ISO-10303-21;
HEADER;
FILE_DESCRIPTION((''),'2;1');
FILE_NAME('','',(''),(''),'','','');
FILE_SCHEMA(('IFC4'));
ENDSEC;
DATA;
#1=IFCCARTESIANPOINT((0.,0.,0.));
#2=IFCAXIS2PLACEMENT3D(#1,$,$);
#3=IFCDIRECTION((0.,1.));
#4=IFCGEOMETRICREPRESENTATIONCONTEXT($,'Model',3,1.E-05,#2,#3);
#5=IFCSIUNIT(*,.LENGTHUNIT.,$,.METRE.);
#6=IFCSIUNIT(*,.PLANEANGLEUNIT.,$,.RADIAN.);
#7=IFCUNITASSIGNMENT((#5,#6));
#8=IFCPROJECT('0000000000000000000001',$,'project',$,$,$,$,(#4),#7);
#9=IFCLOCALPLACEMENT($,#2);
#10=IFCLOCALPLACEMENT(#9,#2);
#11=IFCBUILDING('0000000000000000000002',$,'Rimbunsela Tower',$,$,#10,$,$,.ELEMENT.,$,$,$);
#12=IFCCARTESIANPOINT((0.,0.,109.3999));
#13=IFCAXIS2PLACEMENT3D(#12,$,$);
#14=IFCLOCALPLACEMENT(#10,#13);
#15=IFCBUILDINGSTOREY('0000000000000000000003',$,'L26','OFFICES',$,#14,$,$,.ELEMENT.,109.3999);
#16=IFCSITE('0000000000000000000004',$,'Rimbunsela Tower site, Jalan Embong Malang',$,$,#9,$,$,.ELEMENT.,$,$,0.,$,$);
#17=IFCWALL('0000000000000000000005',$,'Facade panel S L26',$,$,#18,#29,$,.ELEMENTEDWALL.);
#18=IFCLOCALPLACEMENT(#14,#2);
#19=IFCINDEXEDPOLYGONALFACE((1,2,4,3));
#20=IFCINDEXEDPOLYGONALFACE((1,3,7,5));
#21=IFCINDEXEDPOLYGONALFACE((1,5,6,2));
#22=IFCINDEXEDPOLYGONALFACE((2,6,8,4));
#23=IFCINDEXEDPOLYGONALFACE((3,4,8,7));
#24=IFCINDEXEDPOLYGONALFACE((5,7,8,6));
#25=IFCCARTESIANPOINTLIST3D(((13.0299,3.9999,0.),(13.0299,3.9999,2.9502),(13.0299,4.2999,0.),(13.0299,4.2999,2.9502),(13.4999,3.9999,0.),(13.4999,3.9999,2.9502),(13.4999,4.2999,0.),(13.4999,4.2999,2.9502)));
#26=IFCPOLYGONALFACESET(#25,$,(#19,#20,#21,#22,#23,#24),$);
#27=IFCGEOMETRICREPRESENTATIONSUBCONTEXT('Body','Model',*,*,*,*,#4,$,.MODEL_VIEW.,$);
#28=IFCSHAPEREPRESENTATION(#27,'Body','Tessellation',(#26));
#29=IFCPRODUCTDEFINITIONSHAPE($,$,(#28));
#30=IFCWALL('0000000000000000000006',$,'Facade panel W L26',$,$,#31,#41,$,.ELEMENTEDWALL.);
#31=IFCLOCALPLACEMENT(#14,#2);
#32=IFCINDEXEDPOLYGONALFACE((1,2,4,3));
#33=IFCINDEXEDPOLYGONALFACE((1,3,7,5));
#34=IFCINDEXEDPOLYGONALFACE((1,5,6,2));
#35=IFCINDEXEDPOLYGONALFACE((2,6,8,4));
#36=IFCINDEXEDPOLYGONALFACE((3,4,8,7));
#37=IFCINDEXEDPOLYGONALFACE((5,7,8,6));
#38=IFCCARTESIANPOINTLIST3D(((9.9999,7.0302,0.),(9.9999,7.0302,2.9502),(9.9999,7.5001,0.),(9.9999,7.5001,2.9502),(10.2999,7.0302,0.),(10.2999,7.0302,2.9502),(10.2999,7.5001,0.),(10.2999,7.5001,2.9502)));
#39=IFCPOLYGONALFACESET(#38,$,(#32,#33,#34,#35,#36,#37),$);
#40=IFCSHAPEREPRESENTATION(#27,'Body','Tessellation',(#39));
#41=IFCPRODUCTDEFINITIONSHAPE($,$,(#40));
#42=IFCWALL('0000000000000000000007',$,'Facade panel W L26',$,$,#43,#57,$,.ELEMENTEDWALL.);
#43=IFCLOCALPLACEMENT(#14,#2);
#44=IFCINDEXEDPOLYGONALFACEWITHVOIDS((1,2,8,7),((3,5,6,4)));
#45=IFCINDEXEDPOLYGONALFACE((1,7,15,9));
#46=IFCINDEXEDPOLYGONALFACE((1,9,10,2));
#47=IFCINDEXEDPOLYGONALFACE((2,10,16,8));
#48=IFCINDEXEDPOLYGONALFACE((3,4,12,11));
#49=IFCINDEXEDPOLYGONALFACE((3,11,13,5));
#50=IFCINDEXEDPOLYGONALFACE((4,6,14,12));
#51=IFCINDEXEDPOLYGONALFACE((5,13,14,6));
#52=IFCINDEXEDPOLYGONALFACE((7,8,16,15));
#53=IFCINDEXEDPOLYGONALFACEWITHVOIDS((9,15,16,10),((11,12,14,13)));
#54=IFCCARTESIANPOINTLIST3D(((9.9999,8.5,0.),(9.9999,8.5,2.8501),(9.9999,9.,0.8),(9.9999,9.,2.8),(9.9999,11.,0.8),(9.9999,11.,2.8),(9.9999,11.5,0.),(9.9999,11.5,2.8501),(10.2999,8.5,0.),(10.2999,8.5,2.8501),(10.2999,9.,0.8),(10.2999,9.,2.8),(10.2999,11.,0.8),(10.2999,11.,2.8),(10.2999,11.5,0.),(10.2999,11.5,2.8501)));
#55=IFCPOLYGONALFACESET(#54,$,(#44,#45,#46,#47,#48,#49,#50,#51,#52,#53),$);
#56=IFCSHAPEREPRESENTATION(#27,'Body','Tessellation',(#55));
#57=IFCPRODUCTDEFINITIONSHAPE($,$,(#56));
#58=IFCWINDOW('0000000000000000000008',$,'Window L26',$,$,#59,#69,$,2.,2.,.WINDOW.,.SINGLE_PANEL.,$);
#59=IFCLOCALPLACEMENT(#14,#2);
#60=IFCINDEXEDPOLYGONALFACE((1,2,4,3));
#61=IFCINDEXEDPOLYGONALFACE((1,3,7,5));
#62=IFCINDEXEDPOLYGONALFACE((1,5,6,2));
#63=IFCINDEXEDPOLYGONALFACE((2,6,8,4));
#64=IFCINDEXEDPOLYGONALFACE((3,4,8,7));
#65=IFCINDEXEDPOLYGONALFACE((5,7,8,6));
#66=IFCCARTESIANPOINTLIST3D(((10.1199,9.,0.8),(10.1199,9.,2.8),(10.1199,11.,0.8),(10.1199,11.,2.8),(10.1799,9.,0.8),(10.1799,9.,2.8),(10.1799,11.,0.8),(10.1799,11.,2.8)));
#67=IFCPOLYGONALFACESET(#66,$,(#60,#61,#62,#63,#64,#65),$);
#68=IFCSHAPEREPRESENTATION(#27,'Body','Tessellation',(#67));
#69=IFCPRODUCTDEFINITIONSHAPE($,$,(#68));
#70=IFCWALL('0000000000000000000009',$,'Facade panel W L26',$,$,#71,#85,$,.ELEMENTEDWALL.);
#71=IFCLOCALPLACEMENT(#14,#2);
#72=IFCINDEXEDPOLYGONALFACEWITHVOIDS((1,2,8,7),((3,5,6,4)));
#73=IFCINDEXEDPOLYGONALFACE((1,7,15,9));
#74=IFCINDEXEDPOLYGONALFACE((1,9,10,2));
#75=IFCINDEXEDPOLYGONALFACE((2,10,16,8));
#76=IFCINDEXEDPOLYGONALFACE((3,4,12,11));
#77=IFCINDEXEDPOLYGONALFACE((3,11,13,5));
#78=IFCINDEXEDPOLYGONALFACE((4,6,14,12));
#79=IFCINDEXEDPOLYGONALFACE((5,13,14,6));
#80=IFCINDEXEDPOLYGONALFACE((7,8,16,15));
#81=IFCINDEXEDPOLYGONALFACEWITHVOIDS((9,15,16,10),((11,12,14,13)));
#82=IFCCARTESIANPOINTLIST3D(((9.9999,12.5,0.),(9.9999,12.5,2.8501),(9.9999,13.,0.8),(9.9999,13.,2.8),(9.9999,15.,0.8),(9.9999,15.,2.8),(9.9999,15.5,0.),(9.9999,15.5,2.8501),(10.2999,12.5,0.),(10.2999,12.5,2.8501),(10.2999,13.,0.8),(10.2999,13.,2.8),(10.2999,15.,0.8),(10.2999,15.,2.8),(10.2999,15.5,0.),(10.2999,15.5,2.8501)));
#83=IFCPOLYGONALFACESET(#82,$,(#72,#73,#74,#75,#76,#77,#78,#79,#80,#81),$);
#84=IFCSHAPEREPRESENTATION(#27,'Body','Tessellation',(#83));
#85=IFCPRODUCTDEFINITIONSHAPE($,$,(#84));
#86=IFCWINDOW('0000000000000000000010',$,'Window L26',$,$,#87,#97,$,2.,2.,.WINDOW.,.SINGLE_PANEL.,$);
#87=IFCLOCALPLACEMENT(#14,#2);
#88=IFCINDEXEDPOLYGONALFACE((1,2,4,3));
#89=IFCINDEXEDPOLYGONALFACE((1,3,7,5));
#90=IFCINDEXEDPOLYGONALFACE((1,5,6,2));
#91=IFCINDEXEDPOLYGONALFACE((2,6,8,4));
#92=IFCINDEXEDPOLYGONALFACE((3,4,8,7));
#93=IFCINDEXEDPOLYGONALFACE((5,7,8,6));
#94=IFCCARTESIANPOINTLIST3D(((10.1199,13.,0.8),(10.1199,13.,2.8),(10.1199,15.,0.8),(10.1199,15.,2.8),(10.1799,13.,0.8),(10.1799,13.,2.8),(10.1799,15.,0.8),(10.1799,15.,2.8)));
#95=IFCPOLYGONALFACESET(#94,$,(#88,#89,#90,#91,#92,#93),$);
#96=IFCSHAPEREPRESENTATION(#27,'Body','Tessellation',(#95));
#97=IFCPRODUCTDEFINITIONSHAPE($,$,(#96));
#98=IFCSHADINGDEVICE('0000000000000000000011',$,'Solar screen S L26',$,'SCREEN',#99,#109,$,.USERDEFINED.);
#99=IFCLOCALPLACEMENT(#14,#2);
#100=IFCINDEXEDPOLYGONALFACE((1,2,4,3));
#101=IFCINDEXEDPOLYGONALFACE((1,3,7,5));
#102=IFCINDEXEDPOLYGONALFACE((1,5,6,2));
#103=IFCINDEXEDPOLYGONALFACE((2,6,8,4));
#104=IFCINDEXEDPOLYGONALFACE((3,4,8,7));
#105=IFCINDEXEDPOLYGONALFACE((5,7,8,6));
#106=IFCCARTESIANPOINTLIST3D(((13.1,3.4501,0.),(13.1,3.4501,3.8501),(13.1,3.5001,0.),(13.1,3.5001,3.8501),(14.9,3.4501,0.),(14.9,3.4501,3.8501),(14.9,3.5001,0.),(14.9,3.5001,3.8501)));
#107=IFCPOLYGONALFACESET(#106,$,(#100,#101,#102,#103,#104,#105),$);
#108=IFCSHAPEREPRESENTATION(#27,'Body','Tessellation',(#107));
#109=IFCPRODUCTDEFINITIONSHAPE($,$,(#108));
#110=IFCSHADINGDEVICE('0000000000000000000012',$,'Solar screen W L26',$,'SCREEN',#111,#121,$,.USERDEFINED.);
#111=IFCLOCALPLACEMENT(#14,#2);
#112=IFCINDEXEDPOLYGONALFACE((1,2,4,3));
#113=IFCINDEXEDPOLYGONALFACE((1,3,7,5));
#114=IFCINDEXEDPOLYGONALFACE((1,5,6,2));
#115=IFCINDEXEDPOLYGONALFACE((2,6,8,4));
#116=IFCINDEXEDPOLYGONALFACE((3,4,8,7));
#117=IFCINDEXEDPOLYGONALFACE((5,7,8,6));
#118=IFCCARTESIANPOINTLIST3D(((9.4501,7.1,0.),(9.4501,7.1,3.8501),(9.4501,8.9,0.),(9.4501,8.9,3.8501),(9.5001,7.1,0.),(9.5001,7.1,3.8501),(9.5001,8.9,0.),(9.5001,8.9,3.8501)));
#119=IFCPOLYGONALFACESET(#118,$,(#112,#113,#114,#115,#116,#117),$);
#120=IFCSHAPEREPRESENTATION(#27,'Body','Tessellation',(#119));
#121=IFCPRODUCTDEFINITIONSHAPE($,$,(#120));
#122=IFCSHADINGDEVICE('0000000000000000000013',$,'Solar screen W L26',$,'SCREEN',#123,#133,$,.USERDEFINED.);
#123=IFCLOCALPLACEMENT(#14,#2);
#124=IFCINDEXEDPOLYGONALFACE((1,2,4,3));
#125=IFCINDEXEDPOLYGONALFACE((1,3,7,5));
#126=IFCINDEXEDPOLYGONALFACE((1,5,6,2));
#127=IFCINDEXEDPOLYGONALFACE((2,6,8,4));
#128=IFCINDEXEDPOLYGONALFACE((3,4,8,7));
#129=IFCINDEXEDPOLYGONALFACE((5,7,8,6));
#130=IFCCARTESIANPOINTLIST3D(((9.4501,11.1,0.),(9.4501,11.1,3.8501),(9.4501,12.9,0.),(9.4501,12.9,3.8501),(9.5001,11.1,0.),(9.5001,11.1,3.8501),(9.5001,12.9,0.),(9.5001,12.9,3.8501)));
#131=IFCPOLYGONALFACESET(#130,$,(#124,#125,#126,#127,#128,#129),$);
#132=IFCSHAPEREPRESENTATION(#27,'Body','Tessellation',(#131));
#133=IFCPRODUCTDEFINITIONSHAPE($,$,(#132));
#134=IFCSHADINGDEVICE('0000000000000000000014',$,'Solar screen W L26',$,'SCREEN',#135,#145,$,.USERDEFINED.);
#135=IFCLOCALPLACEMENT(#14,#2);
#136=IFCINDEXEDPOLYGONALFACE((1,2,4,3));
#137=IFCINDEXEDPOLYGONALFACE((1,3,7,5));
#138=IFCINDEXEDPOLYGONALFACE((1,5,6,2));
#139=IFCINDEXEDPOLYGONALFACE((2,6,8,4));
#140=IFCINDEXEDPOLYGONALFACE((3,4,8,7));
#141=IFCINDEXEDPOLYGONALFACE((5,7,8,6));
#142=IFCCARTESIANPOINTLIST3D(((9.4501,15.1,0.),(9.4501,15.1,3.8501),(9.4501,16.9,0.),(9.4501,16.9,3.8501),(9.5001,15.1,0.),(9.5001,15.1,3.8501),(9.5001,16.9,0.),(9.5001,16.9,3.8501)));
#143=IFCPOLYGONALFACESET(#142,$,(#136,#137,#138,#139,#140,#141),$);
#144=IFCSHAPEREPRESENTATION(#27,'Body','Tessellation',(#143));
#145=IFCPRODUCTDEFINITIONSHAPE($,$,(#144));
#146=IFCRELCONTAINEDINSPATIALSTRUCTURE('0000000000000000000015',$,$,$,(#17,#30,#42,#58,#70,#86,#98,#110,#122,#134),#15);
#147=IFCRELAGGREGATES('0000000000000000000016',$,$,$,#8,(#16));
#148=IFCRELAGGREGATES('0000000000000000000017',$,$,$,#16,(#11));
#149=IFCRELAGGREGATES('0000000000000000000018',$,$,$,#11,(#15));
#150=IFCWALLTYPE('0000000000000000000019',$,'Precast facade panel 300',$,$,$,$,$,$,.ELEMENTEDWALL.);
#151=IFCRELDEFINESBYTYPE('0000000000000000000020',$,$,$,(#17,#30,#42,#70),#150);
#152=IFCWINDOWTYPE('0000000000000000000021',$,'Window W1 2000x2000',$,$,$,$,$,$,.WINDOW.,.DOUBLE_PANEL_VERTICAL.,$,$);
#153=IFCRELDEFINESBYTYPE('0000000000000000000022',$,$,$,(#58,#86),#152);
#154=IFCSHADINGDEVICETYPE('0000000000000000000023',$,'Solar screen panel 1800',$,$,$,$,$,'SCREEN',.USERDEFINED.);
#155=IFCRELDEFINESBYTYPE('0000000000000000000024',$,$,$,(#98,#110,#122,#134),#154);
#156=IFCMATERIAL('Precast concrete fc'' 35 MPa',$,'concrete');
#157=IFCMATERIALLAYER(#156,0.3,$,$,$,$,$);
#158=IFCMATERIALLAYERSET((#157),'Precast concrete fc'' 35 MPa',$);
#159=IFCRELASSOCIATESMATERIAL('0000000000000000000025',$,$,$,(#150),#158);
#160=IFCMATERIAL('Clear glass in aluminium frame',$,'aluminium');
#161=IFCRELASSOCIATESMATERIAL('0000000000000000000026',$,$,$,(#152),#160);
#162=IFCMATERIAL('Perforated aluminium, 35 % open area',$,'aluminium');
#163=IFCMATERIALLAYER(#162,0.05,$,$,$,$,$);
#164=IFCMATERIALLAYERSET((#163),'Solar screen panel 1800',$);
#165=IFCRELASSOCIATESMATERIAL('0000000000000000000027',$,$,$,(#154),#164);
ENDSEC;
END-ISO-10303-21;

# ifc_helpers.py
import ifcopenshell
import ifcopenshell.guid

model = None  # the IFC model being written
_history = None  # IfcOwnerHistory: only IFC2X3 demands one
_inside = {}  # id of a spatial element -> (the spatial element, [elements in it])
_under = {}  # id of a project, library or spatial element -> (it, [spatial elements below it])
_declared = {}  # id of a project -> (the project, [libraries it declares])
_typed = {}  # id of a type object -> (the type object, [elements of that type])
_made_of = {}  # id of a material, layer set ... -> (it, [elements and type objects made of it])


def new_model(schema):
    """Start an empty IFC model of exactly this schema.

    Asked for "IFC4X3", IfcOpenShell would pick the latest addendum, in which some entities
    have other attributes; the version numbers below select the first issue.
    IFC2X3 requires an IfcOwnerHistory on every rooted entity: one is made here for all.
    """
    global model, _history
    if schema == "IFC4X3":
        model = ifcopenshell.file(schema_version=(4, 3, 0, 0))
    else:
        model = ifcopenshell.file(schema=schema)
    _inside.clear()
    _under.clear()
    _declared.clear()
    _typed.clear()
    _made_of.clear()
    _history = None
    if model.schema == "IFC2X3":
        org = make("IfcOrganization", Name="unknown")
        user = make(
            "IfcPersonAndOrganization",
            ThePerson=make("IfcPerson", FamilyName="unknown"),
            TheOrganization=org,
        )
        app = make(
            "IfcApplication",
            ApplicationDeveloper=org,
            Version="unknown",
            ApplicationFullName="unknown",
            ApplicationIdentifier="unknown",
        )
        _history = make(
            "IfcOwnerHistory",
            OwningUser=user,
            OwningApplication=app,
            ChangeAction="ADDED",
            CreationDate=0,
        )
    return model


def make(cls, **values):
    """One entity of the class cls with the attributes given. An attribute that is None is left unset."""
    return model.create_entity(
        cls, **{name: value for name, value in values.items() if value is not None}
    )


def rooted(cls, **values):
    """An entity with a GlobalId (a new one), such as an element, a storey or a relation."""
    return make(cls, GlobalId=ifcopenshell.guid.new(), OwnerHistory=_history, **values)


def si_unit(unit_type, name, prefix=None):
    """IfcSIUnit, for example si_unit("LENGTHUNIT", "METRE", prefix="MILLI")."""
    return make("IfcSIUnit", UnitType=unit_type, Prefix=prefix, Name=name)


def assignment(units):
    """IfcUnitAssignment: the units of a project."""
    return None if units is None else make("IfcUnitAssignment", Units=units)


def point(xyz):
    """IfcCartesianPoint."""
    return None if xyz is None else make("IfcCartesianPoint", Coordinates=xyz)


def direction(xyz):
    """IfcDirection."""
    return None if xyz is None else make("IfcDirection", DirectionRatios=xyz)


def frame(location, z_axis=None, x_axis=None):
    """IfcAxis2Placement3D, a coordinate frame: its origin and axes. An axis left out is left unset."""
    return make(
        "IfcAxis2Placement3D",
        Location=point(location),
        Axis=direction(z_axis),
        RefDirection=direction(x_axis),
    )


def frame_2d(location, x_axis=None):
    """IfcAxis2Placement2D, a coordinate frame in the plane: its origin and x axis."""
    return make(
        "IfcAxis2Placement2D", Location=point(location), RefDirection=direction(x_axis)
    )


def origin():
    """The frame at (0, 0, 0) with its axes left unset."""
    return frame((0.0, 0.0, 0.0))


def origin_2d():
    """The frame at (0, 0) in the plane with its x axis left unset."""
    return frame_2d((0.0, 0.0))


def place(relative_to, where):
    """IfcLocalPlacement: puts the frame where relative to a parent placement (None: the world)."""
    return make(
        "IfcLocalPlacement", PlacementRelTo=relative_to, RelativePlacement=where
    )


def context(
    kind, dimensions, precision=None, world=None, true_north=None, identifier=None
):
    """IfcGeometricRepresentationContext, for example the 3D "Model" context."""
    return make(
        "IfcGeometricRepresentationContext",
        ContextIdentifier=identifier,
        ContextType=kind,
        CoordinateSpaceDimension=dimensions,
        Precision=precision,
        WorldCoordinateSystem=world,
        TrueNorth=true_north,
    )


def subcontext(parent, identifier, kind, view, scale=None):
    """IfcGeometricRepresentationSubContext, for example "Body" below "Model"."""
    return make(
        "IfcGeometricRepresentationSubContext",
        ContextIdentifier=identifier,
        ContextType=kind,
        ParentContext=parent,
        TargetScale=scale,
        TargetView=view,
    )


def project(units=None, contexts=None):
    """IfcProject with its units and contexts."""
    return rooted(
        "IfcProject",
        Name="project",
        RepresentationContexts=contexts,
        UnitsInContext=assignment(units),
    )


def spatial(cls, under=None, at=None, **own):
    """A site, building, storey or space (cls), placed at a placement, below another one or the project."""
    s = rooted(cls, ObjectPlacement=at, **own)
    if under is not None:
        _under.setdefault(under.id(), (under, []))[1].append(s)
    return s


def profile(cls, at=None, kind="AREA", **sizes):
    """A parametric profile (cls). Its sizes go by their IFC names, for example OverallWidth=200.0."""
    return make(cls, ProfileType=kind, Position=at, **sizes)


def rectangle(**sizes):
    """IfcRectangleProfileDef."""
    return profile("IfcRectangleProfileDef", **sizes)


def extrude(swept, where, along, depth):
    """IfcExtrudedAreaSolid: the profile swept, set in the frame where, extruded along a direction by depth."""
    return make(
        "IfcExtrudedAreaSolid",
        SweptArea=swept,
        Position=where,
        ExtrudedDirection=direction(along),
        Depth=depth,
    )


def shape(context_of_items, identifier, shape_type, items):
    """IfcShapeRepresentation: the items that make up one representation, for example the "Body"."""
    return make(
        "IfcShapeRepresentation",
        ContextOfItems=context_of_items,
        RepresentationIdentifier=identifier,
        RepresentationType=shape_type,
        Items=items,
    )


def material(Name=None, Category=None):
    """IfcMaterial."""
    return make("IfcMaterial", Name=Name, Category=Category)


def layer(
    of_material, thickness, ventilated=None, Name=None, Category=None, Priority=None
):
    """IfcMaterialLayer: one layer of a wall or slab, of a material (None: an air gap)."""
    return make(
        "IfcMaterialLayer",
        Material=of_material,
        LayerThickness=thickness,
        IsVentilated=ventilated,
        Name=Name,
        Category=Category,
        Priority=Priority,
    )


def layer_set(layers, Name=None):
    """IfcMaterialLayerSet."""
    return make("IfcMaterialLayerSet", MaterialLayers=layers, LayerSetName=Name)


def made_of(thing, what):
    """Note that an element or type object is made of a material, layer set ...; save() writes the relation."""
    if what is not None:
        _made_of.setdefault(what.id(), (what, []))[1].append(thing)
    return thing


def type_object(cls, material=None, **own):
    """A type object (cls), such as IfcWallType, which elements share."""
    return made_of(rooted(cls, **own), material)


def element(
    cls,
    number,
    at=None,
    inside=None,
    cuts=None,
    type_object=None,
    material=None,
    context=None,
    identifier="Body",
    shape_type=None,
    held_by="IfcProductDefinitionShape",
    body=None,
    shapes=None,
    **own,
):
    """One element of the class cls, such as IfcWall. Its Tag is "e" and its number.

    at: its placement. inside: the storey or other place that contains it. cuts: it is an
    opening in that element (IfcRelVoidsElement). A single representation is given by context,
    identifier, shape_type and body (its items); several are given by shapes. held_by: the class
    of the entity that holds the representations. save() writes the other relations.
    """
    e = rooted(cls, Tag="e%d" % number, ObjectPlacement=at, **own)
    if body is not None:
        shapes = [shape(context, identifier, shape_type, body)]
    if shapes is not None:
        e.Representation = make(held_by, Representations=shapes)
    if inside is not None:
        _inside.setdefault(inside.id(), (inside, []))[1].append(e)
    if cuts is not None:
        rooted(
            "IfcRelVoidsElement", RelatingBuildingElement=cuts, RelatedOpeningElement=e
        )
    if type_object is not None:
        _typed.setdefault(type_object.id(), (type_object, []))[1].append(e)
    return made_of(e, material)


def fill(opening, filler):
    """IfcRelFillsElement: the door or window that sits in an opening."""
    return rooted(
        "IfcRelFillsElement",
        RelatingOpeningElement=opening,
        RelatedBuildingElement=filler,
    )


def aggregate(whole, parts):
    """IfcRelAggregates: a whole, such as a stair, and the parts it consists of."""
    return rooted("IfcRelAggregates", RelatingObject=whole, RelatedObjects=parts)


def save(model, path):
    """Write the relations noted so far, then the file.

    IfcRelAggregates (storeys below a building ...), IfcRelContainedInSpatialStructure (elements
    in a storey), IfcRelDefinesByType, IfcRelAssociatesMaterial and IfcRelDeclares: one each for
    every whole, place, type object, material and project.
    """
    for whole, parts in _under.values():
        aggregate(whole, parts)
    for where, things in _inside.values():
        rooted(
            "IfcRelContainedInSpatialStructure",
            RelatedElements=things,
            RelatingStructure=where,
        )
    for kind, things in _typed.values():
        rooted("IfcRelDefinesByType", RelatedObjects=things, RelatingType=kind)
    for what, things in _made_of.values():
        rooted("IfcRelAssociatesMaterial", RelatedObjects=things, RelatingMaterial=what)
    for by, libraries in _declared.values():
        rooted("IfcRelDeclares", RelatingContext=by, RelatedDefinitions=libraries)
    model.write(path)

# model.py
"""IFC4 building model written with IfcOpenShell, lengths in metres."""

from ifc_helpers import new_model, si_unit, direction, frame, frame_2d, origin, origin_2d, place, context, subcontext, project, spatial, rectangle, extrude, material, layer, layer_set, type_object, element, fill, save


model = new_model("IFC4")

# Units and contexts
model_context = context("Model", 3, precision=1e-05, world=origin(), true_north=direction((0.0, 1.0)))
body_context = subcontext(model_context, "Body", "Model", "MODEL_VIEW")
ifc_project = project(units=[si_unit("LENGTHUNIT", "METRE"), si_unit("PLANEANGLEUNIT", "RADIAN")], contexts=[model_context])

# Site, building, storey
site_placement = place(None, origin())
site = spatial("IfcSite", under=ifc_project, at=site_placement, Name="Rimbunsela Tower site, Jalan Embong Malang", CompositionType="ELEMENT", RefElevation=0.0)
building_placement = place(site_placement, origin())
building = spatial("IfcBuilding", under=site, at=building_placement, Name="Rimbunsela Tower", CompositionType="ELEMENT")
storey_placement = place(building_placement, frame((0.0, 0.0, 109.3999)))
storey = spatial("IfcBuildingStorey", under=building, at=storey_placement, Name="L26", Description="OFFICES", CompositionType="ELEMENT", Elevation=109.3999)

# Walls
ifc_material_1 = material(Name="Precast concrete fc' 35 MPa", Category="concrete")
ifc_layer_1 = layer(ifc_material_1, 0.3)
ifc_layer_set_1 = layer_set([ifc_layer_1], Name="Precast concrete fc' 35 MPa")
wall_type = type_object("IfcWallType", Name="Precast facade panel 300", PredefinedType="ELEMENTEDWALL", material=ifc_layer_set_1)
for number, where, z_axis, x_axis, name in (
    (1, (13.03, 4.1499, 0.0), (0.0, 0.0, 1.0), (1.0, 0.0, 0.0), "Facade panel S L26"),
    (2, (10.1499, 7.5, 0.0), (0.0, 0.0, 1.0), (0.0, -1.0, 0.0), "Facade panel W L26"),
):
    element("IfcWall", number, at=place(storey_placement, frame(where, z_axis=z_axis, x_axis=x_axis)), inside=storey, type_object=wall_type, Name=name, PredefinedType="ELEMENTEDWALL", context=body_context, shape_type="SweptSolid", body=[
        extrude(rectangle(XDim=0.47, YDim=0.3, at=frame_2d((0.2349, 0.0))), origin(), (0.0, 0.0, 1.0), 2.9502),
    ])

# Walls, openings, windows
wall_1_placement = place(storey_placement, frame((10.1499, 11.5, 0.0), z_axis=(0.0, 0.0, 1.0), x_axis=(0.0, -1.0, 0.0)))
wall_1 = element("IfcWall", 3, at=wall_1_placement, inside=storey, type_object=wall_type, Name="Facade panel W L26", PredefinedType="ELEMENTEDWALL", context=body_context, shape_type="SweptSolid", body=[
    extrude(rectangle(XDim=3.0, YDim=0.3, at=frame_2d((1.5, 0.0))), origin(), (0.0, 0.0, 1.0), 2.8501),
])
opening_1_placement = place(wall_1_placement, frame((0.5, 0.0, 0.8)))
opening_1 = element("IfcOpeningElement", 4, at=opening_1_placement, cuts=wall_1, PredefinedType="OPENING", context=body_context, shape_type="SweptSolid", body=[
    extrude(rectangle(XDim=2.0, YDim=2.0, at=frame_2d((1.0, 1.0))), frame((0.0, 0.1599, 0.0), z_axis=(0.0, -1.0, 0.0), x_axis=(1.0, 0.0, 0.0)), (0.0, 0.0, 1.0), 0.3201),
])
ifc_material_2 = material(Name="Clear glass in aluminium frame", Category="aluminium")
window_type = type_object("IfcWindowType", Name="Window W1 2000x2000", PartitioningType="DOUBLE_PANEL_VERTICAL", PredefinedType="WINDOW", material=ifc_material_2)
window_1_placement = place(opening_1_placement, origin())
window_1 = element("IfcWindow", 5, at=window_1_placement, inside=storey, type_object=window_type, Name="Window L26", OverallHeight=2.0, OverallWidth=2.0, PartitioningType="SINGLE_PANEL", PredefinedType="WINDOW", context=body_context, shape_type="SweptSolid", body=[
    extrude(rectangle(XDim=2.0, YDim=2.0, at=frame_2d((1.0, 1.0))), frame((0.0, 0.03, 0.0), z_axis=(0.0, -1.0, 0.0), x_axis=(1.0, 0.0, 0.0)), (0.0, 0.0, 1.0), 0.0601),
])
fill(opening_1, window_1)
wall_2_placement = place(storey_placement, frame((10.1499, 15.5, 0.0), z_axis=(0.0, 0.0, 1.0), x_axis=(0.0, -1.0, 0.0)))
wall_2 = element("IfcWall", 6, at=wall_2_placement, inside=storey, type_object=wall_type, Name="Facade panel W L26", PredefinedType="ELEMENTEDWALL", context=body_context, shape_type="SweptSolid", body=[
    extrude(rectangle(XDim=3.0, YDim=0.3, at=frame_2d((1.5, 0.0))), origin(), (0.0, 0.0, 1.0), 2.8501),
])
opening_2_placement = place(wall_2_placement, frame((0.5, 0.0, 0.8)))
opening_2 = element("IfcOpeningElement", 7, at=opening_2_placement, cuts=wall_2, PredefinedType="OPENING", context=body_context, shape_type="SweptSolid", body=[
    extrude(rectangle(XDim=2.0, YDim=2.0, at=frame_2d((1.0, 1.0))), frame((0.0, 0.1599, 0.0), z_axis=(0.0, -1.0, 0.0), x_axis=(1.0, 0.0, 0.0)), (0.0, 0.0, 1.0), 0.3201),
])
window_2_placement = place(opening_2_placement, origin())
window_2 = element("IfcWindow", 8, at=window_2_placement, inside=storey, type_object=window_type, Name="Window L26", OverallHeight=2.0, OverallWidth=2.0, PartitioningType="SINGLE_PANEL", PredefinedType="WINDOW", context=body_context, shape_type="SweptSolid", body=[
    extrude(rectangle(XDim=2.0, YDim=2.0, at=frame_2d((1.0, 1.0))), frame((0.0, 0.03, 0.0), z_axis=(0.0, -1.0, 0.0), x_axis=(1.0, 0.0, 0.0)), (0.0, 0.0, 1.0), 0.0601),
])
fill(opening_2, window_2)

# Shading devices
ifc_material_3 = material(Name="Perforated aluminium, 35 % open area", Category="aluminium")
ifc_layer_2 = layer(ifc_material_3, 0.05)
ifc_layer_set_2 = layer_set([ifc_layer_2], Name="Solar screen panel 1800")
shading_device_type = type_object("IfcShadingDeviceType", Name="Solar screen panel 1800", ElementType="SCREEN", PredefinedType="USERDEFINED", material=ifc_layer_set_2)
for number, where, z_axis, x_axis, name in (
    (9, (14.0, 3.4751, 0.0), (0.0, 0.0, 1.0), (1.0, 0.0, 0.0), "Solar screen S L26"),
    (10, (9.4751, 8.0, 0.0), (0.0, 0.0, 1.0), (0.0, 1.0, 0.0), "Solar screen W L26"),
    (11, (9.4751, 12.0, 0.0), (0.0, 0.0, 1.0), (0.0, 1.0, 0.0), "Solar screen W L26"),
    (12, (9.4751, 16.0, 0.0), (0.0, 0.0, 1.0), (0.0, 1.0, 0.0), "Solar screen W L26"),
):
    element("IfcShadingDevice", number, at=place(storey_placement, frame(where, z_axis=z_axis, x_axis=x_axis)), inside=storey, type_object=shading_device_type, Name=name, ObjectType="SCREEN", PredefinedType="USERDEFINED", context=body_context, shape_type="SweptSolid", body=[
        extrude(rectangle(XDim=1.8, YDim=0.05, at=origin_2d()), origin(), (0.0, 0.0, 1.0), 3.8501),
    ])

save(model, "model.ifc")
